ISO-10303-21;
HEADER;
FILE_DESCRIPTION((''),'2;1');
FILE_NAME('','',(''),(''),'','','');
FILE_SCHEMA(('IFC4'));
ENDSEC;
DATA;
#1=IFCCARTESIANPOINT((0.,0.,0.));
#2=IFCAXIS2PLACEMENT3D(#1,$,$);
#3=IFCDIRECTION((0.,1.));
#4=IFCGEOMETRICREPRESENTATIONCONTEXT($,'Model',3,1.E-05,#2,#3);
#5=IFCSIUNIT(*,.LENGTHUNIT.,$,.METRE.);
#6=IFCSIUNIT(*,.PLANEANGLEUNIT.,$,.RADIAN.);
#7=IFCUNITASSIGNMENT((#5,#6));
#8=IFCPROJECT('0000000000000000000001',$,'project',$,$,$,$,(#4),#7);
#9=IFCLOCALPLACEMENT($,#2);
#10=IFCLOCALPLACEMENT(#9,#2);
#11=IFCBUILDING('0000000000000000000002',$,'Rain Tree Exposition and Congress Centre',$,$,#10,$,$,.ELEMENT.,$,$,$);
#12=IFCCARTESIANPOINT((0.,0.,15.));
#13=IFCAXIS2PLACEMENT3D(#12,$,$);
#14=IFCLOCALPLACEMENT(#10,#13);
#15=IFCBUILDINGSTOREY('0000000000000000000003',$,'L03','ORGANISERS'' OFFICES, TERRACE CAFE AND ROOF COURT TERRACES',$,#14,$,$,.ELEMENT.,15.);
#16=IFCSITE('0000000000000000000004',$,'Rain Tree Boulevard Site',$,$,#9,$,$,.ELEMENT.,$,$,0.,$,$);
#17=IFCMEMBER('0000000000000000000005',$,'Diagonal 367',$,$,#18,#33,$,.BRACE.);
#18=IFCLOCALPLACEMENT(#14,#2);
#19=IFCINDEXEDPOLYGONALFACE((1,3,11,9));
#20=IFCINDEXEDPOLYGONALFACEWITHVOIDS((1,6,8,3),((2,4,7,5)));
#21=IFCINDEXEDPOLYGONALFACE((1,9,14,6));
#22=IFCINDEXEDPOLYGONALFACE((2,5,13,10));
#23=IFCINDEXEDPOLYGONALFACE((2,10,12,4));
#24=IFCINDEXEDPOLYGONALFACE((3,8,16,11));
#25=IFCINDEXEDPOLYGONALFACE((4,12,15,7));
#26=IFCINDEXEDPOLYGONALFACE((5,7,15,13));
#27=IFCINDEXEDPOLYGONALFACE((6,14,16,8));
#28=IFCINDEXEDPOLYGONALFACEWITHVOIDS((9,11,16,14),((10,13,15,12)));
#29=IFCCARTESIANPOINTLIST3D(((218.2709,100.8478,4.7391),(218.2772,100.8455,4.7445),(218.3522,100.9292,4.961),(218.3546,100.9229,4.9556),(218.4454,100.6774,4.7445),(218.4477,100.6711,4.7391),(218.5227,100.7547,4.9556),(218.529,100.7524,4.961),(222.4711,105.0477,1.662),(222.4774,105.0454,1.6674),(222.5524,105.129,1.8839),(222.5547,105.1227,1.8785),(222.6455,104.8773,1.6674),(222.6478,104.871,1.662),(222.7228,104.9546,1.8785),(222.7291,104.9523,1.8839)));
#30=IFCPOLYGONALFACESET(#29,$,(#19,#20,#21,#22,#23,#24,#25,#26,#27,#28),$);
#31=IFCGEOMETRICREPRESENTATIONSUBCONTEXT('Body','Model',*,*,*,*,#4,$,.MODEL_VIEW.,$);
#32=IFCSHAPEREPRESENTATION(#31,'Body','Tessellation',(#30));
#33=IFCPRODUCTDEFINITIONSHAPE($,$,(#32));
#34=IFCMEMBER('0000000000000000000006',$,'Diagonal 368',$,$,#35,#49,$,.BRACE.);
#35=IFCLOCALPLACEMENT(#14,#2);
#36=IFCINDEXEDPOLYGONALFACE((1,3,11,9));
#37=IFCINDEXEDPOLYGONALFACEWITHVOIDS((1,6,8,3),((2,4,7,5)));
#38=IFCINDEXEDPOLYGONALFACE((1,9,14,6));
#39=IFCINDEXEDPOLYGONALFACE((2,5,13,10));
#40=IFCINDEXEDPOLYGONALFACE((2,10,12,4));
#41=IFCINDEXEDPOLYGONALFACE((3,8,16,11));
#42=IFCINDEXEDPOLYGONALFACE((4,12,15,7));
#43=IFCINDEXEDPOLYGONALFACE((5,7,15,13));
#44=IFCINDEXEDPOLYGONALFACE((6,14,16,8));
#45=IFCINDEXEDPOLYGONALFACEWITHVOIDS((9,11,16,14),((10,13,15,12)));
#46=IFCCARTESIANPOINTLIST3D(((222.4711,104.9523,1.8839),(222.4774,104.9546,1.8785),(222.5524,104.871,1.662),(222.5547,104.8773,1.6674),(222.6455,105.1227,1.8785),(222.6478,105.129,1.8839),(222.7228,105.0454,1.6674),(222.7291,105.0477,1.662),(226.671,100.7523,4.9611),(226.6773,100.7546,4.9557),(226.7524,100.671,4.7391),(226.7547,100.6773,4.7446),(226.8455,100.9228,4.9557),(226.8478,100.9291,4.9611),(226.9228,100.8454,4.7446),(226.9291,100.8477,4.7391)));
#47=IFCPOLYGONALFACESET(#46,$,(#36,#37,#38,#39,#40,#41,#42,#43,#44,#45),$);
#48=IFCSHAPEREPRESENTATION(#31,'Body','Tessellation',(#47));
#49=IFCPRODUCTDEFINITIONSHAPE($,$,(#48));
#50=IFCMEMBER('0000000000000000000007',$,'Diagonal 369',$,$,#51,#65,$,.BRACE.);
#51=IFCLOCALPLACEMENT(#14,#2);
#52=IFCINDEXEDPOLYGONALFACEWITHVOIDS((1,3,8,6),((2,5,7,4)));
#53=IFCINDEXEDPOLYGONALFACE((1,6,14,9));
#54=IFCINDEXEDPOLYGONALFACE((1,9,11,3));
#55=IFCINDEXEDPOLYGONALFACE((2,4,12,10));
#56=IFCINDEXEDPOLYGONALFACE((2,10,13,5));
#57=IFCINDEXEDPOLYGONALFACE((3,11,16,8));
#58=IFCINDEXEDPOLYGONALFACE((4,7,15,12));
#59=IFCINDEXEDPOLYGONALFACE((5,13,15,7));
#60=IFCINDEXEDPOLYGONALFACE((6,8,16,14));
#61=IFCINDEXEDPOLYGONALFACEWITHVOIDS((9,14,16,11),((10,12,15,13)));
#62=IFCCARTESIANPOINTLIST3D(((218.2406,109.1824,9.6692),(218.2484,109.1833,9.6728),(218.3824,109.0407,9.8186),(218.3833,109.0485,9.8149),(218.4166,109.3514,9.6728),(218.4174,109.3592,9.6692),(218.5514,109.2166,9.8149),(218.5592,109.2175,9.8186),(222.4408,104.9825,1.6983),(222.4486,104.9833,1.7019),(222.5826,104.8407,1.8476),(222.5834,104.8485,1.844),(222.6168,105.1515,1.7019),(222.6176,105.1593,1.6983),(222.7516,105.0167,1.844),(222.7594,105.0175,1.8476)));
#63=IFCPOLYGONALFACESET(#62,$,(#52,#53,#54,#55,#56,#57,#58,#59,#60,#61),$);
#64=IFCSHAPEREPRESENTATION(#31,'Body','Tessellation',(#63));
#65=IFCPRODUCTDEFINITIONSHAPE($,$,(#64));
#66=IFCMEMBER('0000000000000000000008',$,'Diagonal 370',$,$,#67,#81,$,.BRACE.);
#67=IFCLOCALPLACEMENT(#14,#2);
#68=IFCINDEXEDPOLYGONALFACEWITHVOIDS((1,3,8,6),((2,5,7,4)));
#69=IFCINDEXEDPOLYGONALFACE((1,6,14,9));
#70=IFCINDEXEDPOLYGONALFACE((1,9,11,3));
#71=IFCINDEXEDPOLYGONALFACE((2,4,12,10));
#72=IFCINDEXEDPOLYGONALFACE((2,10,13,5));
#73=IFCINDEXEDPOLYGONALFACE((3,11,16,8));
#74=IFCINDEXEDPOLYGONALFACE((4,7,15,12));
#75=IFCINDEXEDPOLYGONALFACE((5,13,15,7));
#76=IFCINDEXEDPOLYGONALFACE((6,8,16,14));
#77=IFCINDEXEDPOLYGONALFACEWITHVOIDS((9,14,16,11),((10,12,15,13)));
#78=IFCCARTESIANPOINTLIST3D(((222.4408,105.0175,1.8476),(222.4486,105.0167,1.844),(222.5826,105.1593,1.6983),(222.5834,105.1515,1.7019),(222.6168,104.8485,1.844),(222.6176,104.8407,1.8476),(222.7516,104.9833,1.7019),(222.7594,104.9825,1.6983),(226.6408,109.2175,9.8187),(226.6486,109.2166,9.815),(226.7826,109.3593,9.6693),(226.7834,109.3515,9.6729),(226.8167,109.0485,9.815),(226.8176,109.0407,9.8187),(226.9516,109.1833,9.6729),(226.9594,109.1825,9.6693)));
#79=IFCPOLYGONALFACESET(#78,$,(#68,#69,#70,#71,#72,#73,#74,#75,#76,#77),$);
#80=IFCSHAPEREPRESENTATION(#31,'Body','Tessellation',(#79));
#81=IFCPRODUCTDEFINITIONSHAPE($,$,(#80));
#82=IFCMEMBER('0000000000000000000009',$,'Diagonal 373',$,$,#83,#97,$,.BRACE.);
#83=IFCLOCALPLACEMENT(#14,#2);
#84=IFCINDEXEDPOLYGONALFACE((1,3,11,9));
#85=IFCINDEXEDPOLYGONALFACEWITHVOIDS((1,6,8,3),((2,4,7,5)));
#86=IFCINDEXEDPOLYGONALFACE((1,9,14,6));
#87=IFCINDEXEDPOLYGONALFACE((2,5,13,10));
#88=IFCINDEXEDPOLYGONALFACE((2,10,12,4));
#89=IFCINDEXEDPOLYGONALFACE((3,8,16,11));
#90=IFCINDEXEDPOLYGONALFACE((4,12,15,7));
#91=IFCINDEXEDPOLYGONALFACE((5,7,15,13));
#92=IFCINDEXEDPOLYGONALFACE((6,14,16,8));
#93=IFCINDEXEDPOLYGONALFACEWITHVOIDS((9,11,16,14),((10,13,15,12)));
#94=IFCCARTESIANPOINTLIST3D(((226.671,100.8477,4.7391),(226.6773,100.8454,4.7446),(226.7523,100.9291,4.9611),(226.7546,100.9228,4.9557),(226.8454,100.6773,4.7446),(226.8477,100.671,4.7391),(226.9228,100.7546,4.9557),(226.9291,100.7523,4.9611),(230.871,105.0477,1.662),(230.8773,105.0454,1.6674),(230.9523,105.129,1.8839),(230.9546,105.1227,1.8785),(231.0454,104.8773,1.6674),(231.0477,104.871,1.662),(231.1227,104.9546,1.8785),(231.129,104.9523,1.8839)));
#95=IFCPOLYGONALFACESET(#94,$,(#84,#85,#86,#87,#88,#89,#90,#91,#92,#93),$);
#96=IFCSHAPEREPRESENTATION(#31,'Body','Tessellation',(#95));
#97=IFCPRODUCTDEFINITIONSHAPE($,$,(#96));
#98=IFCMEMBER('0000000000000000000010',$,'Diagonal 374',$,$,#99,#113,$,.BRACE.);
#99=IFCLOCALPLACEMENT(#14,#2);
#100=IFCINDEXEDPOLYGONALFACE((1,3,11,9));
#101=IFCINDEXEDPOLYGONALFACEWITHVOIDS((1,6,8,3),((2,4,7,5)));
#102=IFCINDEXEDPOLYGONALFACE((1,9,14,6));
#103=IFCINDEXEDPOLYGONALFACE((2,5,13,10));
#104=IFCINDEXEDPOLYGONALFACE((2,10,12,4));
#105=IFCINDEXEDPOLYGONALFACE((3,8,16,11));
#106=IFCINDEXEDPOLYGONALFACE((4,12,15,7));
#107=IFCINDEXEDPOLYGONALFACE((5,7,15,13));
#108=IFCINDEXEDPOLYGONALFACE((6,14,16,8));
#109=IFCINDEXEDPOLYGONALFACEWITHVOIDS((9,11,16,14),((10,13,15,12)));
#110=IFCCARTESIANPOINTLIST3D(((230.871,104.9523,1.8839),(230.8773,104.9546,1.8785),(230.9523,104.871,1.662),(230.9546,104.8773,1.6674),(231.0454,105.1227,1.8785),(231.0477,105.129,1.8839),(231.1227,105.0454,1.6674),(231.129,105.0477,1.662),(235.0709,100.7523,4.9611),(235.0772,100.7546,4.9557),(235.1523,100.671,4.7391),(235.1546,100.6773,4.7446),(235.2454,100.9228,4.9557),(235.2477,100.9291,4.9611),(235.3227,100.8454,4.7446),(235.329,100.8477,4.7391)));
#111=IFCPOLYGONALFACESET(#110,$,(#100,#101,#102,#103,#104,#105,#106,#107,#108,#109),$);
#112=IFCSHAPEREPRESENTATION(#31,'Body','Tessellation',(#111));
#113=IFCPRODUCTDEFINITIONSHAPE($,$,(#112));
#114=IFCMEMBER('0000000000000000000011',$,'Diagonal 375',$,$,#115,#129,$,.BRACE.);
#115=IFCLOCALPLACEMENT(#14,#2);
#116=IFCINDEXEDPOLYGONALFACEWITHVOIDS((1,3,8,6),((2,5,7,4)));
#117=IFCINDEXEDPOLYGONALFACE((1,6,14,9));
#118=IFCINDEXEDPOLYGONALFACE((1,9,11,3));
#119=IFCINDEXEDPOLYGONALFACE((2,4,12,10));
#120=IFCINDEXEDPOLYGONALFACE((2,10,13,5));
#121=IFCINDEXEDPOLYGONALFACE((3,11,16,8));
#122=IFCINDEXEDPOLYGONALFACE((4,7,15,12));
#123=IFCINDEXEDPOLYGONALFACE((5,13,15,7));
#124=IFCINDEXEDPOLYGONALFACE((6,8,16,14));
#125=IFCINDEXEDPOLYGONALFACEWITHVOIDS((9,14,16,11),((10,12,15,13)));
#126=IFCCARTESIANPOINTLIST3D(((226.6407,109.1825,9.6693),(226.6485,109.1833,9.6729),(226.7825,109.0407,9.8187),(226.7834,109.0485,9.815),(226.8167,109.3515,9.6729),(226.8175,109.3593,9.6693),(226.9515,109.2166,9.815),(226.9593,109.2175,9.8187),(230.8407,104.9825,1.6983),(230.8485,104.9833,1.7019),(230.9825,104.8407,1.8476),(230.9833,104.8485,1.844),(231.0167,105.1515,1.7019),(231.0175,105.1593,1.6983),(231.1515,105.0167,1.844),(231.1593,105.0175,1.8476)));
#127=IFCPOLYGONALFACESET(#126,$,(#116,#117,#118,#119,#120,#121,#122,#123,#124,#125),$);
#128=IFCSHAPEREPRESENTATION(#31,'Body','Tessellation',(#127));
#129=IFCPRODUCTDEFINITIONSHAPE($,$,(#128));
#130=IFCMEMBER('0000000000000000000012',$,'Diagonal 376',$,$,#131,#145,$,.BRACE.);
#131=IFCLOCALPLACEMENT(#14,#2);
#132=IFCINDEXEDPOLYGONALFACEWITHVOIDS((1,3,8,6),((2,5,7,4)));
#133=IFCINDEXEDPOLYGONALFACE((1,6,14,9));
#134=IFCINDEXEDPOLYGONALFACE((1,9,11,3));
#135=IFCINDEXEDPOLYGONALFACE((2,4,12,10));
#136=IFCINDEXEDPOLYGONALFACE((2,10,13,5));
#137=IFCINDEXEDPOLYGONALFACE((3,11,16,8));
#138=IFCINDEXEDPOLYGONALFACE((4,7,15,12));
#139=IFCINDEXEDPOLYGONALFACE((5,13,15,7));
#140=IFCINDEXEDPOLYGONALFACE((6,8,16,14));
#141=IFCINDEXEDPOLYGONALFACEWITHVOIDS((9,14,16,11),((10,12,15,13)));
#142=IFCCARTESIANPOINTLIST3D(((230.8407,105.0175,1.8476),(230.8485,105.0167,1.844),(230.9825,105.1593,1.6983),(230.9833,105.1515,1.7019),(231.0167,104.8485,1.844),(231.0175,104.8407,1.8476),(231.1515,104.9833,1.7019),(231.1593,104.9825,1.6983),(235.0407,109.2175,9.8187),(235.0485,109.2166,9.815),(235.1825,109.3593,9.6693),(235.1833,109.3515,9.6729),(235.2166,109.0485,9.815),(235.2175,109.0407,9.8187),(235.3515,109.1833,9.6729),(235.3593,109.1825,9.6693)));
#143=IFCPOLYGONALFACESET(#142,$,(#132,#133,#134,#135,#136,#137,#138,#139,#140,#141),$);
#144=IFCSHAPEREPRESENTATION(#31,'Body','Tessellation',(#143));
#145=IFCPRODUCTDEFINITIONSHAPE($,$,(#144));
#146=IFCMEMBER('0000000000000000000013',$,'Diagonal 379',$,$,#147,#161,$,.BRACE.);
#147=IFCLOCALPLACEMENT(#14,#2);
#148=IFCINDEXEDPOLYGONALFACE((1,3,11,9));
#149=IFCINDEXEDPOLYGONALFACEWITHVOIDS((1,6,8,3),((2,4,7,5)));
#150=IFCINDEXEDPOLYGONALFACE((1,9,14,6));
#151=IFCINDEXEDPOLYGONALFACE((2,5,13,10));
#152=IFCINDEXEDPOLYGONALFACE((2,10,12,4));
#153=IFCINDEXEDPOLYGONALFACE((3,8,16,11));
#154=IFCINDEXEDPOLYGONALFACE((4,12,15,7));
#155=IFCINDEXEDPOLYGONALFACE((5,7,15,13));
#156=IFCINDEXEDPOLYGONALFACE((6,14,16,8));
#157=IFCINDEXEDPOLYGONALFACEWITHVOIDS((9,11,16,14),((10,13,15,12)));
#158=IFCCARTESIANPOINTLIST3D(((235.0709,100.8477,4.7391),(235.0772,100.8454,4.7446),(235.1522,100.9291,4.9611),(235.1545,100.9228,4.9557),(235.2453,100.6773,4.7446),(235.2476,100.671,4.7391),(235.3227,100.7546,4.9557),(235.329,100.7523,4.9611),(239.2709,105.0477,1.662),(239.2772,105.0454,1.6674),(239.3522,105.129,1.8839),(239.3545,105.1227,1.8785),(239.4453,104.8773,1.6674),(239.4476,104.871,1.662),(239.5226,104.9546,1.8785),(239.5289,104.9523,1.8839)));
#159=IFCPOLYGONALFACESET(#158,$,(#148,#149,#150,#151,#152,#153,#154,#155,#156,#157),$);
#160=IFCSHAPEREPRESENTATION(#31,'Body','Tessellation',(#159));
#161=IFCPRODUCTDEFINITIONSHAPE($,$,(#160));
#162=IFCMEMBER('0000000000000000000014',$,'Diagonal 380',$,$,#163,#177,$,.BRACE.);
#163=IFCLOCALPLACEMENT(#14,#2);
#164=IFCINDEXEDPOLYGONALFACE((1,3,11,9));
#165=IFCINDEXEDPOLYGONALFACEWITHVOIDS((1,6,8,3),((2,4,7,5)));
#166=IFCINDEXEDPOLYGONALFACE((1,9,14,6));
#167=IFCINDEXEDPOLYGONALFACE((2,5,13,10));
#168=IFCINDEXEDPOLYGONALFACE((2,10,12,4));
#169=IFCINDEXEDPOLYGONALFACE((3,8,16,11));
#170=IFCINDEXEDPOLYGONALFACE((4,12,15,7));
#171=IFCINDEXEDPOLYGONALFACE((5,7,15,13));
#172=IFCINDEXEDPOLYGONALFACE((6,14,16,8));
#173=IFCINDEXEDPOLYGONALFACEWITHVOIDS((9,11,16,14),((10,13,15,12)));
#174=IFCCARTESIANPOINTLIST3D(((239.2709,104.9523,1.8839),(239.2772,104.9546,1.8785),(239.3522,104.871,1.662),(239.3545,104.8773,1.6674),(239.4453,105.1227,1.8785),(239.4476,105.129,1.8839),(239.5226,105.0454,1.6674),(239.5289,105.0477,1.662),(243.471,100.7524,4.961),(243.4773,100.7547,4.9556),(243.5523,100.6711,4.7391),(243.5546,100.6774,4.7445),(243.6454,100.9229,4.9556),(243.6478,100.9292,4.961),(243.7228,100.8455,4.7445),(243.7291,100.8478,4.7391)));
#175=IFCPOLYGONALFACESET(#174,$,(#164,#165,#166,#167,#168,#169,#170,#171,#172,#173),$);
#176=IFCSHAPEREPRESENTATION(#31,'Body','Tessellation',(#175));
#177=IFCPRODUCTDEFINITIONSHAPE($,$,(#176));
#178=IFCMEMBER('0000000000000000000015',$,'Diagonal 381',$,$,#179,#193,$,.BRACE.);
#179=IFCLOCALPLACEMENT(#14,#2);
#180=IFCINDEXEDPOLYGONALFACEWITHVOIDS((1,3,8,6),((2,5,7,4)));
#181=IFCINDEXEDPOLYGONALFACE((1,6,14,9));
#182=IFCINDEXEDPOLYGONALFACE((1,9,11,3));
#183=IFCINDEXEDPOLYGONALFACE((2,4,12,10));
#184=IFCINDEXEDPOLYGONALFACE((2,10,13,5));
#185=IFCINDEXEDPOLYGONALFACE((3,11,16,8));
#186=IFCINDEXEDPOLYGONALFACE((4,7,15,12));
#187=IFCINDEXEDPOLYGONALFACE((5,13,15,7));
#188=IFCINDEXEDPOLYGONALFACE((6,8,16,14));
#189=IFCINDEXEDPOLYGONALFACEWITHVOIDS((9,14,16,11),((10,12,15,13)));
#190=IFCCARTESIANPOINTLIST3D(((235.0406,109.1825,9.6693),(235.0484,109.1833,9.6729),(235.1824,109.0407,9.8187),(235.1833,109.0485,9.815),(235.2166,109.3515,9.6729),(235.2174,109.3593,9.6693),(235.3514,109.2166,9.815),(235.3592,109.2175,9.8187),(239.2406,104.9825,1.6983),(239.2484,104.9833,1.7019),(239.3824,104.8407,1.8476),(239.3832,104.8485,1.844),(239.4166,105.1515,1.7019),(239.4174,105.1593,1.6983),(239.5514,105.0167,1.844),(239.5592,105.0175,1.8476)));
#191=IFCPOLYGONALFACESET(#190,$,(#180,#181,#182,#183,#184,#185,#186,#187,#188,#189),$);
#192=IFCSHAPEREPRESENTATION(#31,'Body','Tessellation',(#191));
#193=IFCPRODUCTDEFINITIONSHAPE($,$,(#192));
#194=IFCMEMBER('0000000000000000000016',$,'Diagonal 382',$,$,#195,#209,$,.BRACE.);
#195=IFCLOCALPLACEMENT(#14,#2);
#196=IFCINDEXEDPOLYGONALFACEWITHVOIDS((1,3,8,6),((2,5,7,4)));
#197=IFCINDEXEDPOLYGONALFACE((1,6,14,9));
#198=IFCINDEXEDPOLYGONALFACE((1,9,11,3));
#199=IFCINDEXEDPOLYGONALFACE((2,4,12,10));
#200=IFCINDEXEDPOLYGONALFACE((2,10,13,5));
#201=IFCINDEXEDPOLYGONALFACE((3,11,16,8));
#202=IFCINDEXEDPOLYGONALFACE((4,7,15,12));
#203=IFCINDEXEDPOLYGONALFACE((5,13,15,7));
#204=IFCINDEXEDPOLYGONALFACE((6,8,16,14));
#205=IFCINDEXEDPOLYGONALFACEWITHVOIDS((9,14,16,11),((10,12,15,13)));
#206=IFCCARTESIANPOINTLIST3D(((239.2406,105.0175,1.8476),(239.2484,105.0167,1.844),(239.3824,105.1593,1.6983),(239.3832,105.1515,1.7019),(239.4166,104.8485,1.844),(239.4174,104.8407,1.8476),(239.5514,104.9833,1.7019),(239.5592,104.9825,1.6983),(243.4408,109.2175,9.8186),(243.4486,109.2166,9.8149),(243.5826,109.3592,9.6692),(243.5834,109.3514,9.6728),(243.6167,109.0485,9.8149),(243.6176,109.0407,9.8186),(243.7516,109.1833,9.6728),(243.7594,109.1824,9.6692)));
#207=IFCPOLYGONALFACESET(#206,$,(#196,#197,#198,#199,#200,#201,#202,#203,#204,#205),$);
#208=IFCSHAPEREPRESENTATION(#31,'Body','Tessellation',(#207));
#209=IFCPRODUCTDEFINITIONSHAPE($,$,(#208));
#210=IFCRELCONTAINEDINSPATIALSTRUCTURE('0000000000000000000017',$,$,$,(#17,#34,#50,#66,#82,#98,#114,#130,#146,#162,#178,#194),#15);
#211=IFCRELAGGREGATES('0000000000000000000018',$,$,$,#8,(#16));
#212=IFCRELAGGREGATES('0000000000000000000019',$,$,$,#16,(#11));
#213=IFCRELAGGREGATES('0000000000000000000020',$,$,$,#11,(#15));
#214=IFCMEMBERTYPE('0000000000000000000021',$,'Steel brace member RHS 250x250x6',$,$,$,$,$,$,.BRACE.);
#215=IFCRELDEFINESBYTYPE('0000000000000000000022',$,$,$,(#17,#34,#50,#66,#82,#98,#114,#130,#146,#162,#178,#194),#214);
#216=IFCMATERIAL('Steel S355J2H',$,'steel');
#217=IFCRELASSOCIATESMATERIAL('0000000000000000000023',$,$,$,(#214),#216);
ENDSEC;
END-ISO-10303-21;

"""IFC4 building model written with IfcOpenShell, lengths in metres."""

from ifc_helpers import new_model, si_unit, direction, frame, origin, origin_2d, place, context, subcontext, project, spatial, hollow_rectangle, extrude, material, material_profile, profile_set, type_object, element, save


model = new_model("IFC4")

# Units and contexts
model_context = context("Model", 3, precision=1e-05, world=origin(), true_north=direction((0.0, 1.0)))
body_context = subcontext(model_context, "Body", "Model", "MODEL_VIEW")
ifc_project = project(units=[si_unit("LENGTHUNIT", "METRE"), si_unit("PLANEANGLEUNIT", "RADIAN")], contexts=[model_context])

# Site, building, storey
site_placement = place(None, origin())
site = spatial("IfcSite", under=ifc_project, at=site_placement, Name="Rain Tree Boulevard Site", CompositionType="ELEMENT", RefElevation=0.0)
building_placement = place(site_placement, origin())
building = spatial("IfcBuilding", under=site, at=building_placement, Name="Rain Tree Exposition and Congress Centre", CompositionType="ELEMENT")
storey_placement = place(building_placement, frame((0.0, 0.0, 15.0)))
storey = spatial("IfcBuildingStorey", under=building, at=storey_placement, Name="L03", Description="ORGANISERS' OFFICES, TERRACE CAFE AND ROOF COURT TERRACES", CompositionType="ELEMENT", Elevation=15.0)

# Members
ifc_material_1 = material(Name="Steel S355J2H", Category="steel")
ifc_material_profile_1 = material_profile(ifc_material_1, hollow_rectangle(XDim=0.25, YDim=0.25, WallThickness=0.0061, at=origin_2d()), Name="RHS 250x250x6")
ifc_profile_set_1 = profile_set([ifc_material_profile_1], Name="Steel S355J2H")
member_type_1 = type_object("IfcMemberType", Name="Steel brace member RHS 250x250x6", PredefinedType="BRACE", material=ifc_profile_set_1)
for number, where, z_axis, x_axis, name in (
    (1, (222.6001, 105.0, 1.7729), (-0.627874, -0.627838, 0.459993), (0.707086, -0.707127, 0.0), "Diagonal 367"),
    (2, (222.6001, 105.0, 1.7729), (0.627852, -0.627852, 0.460004), (0.707107, 0.707107, 0.0), "Diagonal 368"),
):
    element("IfcMember", number, at=place(storey_placement, frame(where, z_axis=z_axis, x_axis=x_axis)), inside=storey, type_object=member_type_1, Name=name, PredefinedType="BRACE", context=body_context, shape_type="SweptSolid", body=[
        extrude(hollow_rectangle(XDim=0.25, YDim=0.25, WallThickness=0.0061, at=origin_2d()), origin(), (0.0, 0.0, 1.0), 6.6895),
    ])
for number, where, z_axis, x_axis, name in (
    (3, (222.6001, 105.0, 1.7729), (-0.422526, 0.422501, 0.801851), (-0.707086, -0.707127, 0.0), "Diagonal 369"),
    (4, (222.6001, 105.0, 1.7729), (0.422506, 0.422506, 0.801859), (-0.707107, 0.707107, 0.0), "Diagonal 370"),
):
    element("IfcMember", number, at=place(storey_placement, frame(where, z_axis=z_axis, x_axis=x_axis)), inside=storey, type_object=member_type_1, Name=name, PredefinedType="BRACE", context=body_context, shape_type="SweptSolid", body=[
        extrude(hollow_rectangle(XDim=0.25, YDim=0.25, WallThickness=0.0061, at=origin_2d()), origin(), (0.0, 0.0, 1.0), 9.9407),
    ])
for number, where, z_axis, x_axis, name in (
    (5, (231.0, 105.0, 1.7729), (-0.627852, -0.627852, 0.460004), (0.707107, -0.707107, 0.0), "Diagonal 373"),
    (6, (231.0, 105.0, 1.7729), (0.627852, -0.627852, 0.460004), (0.707107, 0.707107, 0.0), "Diagonal 374"),
):
    element("IfcMember", number, at=place(storey_placement, frame(where, z_axis=z_axis, x_axis=x_axis)), inside=storey, type_object=member_type_1, Name=name, PredefinedType="BRACE", context=body_context, shape_type="SweptSolid", body=[
        extrude(hollow_rectangle(XDim=0.25, YDim=0.25, WallThickness=0.0061, at=origin_2d()), origin(), (0.0, 0.0, 1.0), 6.6895),
    ])
for number, where, z_axis, x_axis, name in (
    (7, (231.0, 105.0, 1.7729), (-0.422506, 0.422506, 0.801859), (-0.707107, -0.707107, 0.0), "Diagonal 375"),
    (8, (231.0, 105.0, 1.7729), (0.422506, 0.422506, 0.801859), (-0.707107, 0.707107, 0.0), "Diagonal 376"),
):
    element("IfcMember", number, at=place(storey_placement, frame(where, z_axis=z_axis, x_axis=x_axis)), inside=storey, type_object=member_type_1, Name=name, PredefinedType="BRACE", context=body_context, shape_type="SweptSolid", body=[
        extrude(hollow_rectangle(XDim=0.25, YDim=0.25, WallThickness=0.0061, at=origin_2d()), origin(), (0.0, 0.0, 1.0), 9.9407),
    ])
for number, where, z_axis, x_axis, name in (
    (9, (239.3999, 105.0, 1.7729), (-0.627852, -0.627852, 0.460004), (0.707107, -0.707107, 0.0), "Diagonal 379"),
    (10, (239.3999, 105.0, 1.7729), (0.627874, -0.627838, 0.459993), (0.707086, 0.707127, 0.0), "Diagonal 380"),
):
    element("IfcMember", number, at=place(storey_placement, frame(where, z_axis=z_axis, x_axis=x_axis)), inside=storey, type_object=member_type_1, Name=name, PredefinedType="BRACE", context=body_context, shape_type="SweptSolid", body=[
        extrude(hollow_rectangle(XDim=0.25, YDim=0.25, WallThickness=0.0061, at=origin_2d()), origin(), (0.0, 0.0, 1.0), 6.6895),
    ])
for number, where, z_axis, x_axis, name in (
    (11, (239.3999, 105.0, 1.7729), (-0.422506, 0.422506, 0.801859), (-0.707107, -0.707107, 0.0), "Diagonal 381"),
    (12, (239.3999, 105.0, 1.7729), (0.422526, 0.422501, 0.801851), (-0.707086, 0.707127, 0.0), "Diagonal 382"),
):
    element("IfcMember", number, at=place(storey_placement, frame(where, z_axis=z_axis, x_axis=x_axis)), inside=storey, type_object=member_type_1, Name=name, PredefinedType="BRACE", context=body_context, shape_type="SweptSolid", body=[
        extrude(hollow_rectangle(XDim=0.25, YDim=0.25, WallThickness=0.0061, at=origin_2d()), origin(), (0.0, 0.0, 1.0), 9.9407),
    ])

save(model, "model.ifc")
